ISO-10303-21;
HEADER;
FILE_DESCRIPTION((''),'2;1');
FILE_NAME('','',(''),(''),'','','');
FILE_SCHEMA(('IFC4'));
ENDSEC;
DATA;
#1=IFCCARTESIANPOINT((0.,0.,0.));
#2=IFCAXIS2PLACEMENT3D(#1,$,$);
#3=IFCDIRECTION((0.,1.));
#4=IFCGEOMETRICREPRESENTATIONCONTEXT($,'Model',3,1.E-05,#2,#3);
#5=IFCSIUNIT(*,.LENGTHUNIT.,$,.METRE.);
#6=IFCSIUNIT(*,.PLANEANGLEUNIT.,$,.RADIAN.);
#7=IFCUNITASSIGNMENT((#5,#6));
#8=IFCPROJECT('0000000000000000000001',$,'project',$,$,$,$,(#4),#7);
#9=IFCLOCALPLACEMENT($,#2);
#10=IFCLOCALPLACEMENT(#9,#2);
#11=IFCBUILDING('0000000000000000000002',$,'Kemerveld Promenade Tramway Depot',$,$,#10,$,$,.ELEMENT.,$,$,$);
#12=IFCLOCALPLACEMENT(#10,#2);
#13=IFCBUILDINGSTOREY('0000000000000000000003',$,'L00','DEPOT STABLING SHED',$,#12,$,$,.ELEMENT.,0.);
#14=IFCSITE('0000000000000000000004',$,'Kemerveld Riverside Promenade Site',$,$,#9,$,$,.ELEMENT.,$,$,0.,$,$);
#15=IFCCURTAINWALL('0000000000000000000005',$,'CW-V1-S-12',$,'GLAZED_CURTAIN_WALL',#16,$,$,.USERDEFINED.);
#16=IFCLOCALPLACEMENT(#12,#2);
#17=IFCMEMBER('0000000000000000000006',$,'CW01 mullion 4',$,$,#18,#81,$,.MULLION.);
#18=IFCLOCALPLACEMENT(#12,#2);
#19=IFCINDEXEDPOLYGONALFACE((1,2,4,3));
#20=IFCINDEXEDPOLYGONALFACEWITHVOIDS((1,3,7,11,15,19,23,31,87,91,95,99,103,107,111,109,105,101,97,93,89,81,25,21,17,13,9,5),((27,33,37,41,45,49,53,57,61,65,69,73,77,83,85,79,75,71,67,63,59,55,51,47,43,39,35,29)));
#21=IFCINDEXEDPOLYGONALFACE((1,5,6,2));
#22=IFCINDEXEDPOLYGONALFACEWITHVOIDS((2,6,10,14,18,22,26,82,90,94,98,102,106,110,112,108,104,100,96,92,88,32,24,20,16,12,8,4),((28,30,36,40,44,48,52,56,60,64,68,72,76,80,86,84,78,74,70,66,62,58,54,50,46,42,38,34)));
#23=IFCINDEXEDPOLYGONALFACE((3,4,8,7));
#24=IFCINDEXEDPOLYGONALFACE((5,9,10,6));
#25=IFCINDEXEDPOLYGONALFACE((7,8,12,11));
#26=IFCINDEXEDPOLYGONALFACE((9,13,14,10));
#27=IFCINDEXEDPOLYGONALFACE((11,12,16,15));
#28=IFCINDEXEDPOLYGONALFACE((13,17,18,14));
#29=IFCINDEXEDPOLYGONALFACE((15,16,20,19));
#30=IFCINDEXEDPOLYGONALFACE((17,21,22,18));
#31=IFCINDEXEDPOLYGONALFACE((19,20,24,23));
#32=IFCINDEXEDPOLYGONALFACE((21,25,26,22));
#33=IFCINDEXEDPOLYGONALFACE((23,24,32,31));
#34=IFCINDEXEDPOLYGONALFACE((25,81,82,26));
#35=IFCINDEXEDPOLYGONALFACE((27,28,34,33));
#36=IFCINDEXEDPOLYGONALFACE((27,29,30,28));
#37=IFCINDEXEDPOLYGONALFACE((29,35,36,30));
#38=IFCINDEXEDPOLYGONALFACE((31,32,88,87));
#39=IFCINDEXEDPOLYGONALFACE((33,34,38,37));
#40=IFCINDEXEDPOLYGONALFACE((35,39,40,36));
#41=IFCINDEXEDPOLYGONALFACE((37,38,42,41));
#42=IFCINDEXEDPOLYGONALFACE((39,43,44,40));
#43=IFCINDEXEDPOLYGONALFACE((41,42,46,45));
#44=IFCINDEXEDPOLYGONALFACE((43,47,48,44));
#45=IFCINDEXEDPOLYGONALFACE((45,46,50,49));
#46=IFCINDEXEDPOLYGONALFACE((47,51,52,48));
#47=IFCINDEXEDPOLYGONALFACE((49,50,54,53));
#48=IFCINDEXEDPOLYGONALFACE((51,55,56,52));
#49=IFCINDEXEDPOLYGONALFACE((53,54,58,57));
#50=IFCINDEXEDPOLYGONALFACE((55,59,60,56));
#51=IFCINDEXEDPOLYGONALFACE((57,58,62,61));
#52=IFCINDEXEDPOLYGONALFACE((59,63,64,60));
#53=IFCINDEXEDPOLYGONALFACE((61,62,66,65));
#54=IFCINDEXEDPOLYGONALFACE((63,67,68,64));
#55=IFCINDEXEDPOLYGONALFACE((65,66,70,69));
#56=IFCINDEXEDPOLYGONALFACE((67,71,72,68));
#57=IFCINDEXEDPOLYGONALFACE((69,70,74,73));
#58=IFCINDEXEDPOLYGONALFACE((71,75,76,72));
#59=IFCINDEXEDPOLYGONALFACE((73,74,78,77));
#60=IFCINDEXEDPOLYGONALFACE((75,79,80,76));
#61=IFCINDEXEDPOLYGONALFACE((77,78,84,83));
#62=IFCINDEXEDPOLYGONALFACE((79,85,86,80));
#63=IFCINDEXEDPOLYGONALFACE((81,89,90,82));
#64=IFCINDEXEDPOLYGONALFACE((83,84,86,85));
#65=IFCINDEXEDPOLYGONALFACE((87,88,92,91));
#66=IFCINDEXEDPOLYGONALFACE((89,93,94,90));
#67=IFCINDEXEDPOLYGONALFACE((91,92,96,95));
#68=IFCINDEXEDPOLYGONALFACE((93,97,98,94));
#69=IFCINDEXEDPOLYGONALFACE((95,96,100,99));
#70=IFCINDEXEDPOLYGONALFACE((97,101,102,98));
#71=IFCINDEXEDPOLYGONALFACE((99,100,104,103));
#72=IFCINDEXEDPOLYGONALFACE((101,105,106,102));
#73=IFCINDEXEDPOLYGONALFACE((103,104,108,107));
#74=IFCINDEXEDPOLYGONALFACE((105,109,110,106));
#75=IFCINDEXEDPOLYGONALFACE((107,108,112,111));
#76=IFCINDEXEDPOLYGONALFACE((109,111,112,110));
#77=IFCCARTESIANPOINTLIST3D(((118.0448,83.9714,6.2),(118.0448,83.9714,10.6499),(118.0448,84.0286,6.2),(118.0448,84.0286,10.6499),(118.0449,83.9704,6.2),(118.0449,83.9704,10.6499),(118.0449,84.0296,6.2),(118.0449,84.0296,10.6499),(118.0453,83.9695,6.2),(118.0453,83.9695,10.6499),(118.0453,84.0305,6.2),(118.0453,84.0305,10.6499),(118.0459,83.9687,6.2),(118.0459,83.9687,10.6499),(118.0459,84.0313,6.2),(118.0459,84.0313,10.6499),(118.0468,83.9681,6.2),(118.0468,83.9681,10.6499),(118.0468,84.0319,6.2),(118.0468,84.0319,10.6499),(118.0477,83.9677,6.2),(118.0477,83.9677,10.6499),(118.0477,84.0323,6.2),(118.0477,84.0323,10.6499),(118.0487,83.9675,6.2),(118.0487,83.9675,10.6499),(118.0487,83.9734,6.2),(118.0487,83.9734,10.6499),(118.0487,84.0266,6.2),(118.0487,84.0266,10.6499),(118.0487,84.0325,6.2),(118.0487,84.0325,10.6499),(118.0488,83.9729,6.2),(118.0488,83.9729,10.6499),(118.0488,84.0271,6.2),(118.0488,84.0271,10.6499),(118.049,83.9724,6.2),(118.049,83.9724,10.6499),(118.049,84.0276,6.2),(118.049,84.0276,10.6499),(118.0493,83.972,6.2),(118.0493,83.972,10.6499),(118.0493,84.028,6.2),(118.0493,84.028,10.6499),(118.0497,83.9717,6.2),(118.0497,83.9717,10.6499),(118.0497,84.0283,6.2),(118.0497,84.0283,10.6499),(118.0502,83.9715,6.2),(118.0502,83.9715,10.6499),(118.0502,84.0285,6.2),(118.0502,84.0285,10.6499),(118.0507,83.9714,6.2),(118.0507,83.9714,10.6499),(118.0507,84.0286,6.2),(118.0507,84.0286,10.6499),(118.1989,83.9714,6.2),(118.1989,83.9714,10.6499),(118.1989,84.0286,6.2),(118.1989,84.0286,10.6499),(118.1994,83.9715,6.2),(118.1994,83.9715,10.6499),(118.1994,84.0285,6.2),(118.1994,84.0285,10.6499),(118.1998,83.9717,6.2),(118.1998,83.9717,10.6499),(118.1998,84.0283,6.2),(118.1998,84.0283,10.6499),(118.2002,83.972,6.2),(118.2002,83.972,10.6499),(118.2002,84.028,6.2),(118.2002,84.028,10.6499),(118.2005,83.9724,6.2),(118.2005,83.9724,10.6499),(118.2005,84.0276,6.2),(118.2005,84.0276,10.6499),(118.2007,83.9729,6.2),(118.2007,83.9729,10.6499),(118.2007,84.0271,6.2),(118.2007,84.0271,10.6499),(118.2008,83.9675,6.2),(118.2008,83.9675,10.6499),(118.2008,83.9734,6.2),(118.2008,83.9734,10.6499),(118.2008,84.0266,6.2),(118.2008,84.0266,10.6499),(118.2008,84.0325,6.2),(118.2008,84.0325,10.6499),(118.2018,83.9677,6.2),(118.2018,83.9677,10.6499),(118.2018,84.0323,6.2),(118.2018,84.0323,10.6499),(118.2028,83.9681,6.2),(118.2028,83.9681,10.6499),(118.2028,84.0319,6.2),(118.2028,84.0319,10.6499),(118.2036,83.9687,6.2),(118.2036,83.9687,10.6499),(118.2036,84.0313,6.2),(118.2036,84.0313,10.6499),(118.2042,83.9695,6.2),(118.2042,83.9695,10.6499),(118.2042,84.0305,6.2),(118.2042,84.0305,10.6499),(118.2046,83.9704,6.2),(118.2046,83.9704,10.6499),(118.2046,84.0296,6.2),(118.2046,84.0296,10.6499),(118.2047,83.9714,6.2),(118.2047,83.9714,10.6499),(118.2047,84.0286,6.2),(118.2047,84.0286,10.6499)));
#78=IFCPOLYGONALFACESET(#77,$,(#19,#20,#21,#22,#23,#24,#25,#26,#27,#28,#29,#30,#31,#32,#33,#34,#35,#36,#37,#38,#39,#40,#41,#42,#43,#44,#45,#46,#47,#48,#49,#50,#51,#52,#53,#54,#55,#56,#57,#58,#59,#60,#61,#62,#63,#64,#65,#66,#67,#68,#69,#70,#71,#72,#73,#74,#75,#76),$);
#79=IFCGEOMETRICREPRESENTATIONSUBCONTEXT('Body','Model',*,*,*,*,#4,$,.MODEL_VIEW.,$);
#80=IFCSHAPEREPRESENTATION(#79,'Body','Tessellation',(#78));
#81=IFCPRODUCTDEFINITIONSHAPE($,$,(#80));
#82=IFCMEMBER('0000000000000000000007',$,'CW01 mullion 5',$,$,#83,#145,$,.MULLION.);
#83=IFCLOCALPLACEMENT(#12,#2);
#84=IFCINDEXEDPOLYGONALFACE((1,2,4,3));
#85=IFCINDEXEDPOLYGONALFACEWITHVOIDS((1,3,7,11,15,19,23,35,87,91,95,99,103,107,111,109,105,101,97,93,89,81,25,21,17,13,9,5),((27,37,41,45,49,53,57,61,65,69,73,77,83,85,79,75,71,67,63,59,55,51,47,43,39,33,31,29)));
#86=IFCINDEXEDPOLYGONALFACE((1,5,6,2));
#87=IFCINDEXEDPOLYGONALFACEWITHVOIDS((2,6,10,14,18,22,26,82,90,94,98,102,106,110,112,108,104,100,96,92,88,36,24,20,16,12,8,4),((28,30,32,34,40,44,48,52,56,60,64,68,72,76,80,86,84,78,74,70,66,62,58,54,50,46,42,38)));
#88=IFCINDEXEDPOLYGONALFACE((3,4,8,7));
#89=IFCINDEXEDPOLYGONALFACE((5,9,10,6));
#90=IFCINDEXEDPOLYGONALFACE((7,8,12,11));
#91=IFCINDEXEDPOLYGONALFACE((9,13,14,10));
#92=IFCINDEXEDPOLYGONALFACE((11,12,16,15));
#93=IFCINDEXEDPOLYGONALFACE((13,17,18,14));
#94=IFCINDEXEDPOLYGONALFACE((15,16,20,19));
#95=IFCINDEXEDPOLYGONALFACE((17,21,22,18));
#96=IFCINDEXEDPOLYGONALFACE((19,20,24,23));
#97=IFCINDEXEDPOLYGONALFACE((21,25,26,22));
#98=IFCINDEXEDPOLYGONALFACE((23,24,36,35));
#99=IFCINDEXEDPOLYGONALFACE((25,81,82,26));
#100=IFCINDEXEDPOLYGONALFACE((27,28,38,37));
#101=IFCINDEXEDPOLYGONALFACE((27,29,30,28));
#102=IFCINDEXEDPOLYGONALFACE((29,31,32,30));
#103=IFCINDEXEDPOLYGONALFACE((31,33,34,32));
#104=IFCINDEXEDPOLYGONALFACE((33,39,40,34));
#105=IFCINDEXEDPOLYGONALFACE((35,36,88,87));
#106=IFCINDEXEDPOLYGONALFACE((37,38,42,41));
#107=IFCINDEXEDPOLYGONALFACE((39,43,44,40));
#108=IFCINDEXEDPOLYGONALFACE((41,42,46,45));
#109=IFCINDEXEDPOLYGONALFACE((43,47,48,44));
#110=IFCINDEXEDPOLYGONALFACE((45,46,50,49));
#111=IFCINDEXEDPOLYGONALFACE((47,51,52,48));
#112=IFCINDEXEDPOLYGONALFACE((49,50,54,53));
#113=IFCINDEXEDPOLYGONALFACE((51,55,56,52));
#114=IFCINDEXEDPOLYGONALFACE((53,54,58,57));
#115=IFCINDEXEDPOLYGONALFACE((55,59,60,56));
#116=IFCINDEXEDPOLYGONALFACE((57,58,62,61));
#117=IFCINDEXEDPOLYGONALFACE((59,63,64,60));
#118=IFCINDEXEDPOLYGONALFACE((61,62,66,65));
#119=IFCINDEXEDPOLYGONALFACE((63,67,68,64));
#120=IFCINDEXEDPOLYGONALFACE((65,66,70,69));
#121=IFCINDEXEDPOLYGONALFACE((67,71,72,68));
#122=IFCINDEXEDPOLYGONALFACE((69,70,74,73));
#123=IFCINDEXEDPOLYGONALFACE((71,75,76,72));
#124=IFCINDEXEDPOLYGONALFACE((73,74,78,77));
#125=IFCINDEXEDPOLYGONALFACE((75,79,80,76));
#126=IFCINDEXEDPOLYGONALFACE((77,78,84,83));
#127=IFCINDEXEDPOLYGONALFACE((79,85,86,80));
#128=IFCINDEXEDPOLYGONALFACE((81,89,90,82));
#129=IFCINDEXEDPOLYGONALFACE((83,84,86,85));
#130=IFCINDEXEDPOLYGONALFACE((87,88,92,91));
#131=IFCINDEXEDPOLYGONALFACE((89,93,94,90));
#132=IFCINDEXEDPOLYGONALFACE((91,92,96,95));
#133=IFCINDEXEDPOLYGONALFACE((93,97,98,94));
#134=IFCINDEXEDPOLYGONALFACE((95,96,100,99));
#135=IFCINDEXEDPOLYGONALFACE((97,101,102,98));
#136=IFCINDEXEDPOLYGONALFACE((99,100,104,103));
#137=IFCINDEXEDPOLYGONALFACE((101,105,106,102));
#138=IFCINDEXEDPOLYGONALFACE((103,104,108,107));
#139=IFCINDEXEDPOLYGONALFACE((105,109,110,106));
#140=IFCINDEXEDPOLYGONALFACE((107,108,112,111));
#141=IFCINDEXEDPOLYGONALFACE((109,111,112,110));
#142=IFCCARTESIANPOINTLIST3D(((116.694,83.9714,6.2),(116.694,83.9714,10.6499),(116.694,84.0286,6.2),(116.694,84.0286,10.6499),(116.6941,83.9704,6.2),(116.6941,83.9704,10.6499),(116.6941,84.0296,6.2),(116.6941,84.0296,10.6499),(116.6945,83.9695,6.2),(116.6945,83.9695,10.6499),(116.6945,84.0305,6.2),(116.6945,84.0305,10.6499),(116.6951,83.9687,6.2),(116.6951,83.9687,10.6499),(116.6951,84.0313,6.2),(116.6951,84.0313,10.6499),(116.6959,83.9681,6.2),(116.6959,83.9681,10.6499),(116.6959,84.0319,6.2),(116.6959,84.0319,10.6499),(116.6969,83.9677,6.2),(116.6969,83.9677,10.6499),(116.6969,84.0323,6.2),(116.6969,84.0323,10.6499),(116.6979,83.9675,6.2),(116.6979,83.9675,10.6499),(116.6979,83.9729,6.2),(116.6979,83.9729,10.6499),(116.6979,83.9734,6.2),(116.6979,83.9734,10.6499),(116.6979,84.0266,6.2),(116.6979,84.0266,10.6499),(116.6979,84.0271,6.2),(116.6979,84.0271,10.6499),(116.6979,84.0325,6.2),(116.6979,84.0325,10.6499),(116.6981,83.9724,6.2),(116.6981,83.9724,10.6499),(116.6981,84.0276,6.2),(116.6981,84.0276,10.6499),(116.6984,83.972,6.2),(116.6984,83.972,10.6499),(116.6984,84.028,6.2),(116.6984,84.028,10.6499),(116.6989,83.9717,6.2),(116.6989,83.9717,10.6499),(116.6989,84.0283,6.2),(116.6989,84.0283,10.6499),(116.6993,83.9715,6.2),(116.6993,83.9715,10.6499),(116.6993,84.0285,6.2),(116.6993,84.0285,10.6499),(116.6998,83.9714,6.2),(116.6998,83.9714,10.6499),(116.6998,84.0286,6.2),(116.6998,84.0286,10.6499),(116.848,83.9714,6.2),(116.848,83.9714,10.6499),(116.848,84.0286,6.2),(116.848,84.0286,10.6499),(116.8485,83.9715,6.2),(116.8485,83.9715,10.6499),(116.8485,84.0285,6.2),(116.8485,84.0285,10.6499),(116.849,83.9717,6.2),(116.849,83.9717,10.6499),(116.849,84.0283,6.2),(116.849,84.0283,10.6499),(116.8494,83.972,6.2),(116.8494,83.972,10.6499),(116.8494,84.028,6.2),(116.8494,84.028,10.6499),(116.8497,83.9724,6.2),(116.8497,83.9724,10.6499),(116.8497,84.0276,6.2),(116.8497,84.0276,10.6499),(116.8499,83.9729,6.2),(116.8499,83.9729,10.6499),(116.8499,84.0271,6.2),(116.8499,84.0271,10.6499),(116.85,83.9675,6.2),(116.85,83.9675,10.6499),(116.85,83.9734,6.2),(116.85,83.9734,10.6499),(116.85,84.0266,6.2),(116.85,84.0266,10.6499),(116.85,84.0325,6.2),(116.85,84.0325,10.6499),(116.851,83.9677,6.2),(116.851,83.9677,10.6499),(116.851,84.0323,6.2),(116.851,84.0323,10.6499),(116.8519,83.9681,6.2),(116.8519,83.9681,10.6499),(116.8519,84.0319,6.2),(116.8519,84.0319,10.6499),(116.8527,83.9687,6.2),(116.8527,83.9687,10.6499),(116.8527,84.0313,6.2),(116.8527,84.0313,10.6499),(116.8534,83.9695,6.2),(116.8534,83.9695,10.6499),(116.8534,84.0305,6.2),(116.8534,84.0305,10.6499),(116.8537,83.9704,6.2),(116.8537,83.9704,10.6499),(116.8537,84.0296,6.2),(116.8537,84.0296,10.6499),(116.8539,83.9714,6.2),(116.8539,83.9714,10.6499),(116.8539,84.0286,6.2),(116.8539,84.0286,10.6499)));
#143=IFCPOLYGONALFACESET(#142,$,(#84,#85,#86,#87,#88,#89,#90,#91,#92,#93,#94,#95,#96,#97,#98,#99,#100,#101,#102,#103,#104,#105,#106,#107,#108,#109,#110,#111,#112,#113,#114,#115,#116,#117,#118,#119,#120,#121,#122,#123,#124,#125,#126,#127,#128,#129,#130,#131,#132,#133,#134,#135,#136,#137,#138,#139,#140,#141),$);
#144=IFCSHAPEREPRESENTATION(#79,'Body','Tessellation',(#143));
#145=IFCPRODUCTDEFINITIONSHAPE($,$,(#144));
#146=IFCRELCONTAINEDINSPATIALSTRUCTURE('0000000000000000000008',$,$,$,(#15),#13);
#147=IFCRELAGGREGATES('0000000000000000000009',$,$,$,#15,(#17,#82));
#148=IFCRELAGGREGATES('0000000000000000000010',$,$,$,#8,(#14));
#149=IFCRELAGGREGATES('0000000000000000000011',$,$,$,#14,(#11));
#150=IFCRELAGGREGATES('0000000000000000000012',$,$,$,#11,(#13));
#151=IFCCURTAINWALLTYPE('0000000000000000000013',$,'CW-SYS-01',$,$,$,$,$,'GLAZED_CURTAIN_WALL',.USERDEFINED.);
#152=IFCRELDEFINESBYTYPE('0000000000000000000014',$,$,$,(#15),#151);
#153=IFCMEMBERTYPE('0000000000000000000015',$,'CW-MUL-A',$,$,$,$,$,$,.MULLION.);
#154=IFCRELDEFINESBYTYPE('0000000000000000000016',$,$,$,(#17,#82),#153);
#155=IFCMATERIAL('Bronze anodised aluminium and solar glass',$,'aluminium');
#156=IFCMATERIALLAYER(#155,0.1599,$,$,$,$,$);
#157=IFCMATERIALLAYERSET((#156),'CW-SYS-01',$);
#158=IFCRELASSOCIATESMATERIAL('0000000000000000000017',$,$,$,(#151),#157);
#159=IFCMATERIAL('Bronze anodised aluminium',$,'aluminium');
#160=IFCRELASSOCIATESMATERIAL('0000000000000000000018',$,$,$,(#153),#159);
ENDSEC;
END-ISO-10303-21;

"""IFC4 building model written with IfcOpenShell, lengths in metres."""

from ifc_helpers import new_model, si_unit, direction, frame, origin, origin_2d, place, context, subcontext, project, spatial, hollow_rectangle, extrude, material, layer, layer_set, material_profile, profile_set, type_object, element, aggregate, save


model = new_model("IFC4")

# Units and contexts
model_context = context("Model", 3, precision=1e-05, world=origin(), true_north=direction((0.0, 1.0)))
body_context = subcontext(model_context, "Body", "Model", "MODEL_VIEW")
ifc_project = project(units=[si_unit("LENGTHUNIT", "METRE"), si_unit("PLANEANGLEUNIT", "RADIAN")], contexts=[model_context])

# Site, building, storey
site_placement = place(None, origin())
site = spatial("IfcSite", under=ifc_project, at=site_placement, Name="Kemerveld Riverside Promenade Site", CompositionType="ELEMENT", RefElevation=0.0)
building_placement = place(site_placement, origin())
building = spatial("IfcBuilding", under=site, at=building_placement, Name="Kemerveld Promenade Tramway Depot", CompositionType="ELEMENT")
storey_placement = place(building_placement, origin())
storey = spatial("IfcBuildingStorey", under=building, at=storey_placement, Name="L00", Description="DEPOT STABLING SHED", CompositionType="ELEMENT", Elevation=0.0)

# Curtain wall, members
ifc_material_1 = material(Name="Bronze anodised aluminium and solar glass", Category="aluminium")
ifc_layer_1 = layer(ifc_material_1, 0.1599)
ifc_layer_set_1 = layer_set([ifc_layer_1], Name="CW-SYS-01")
curtain_wall_type_1 = type_object("IfcCurtainWallType", Name="CW-SYS-01", ElementType="GLAZED_CURTAIN_WALL", PredefinedType="USERDEFINED", material=ifc_layer_set_1)
curtain_wall_1_placement = place(storey_placement, origin())
curtain_wall_1 = element("IfcCurtainWall", 1, at=curtain_wall_1_placement, inside=storey, type_object=curtain_wall_type_1, Name="CW-V1-S-12", ObjectType="GLAZED_CURTAIN_WALL", PredefinedType="USERDEFINED")
ifc_material_2 = material(Name="Bronze anodised aluminium", Category="aluminium")
ifc_material_profile_1 = material_profile(ifc_material_2, hollow_rectangle(XDim=0.0649, YDim=0.1599, WallThickness=0.0039, InnerFilletRadius=0.002, OuterFilletRadius=0.0039, at=origin_2d()), Name="CW-MUL-160x65")
ifc_profile_set_1 = profile_set([ifc_material_profile_1], Name="Bronze anodised aluminium")
member_type_1 = type_object("IfcMemberType", Name="CW-MUL-A", PredefinedType="MULLION", material=ifc_profile_set_1)
member_1_placement = place(storey_placement, frame((118.1248, 84.0, 6.2), z_axis=(0.0, 0.0, 1.0), x_axis=(0.0, -1.0, 0.0)))
member_1 = element("IfcMember", 2, at=member_1_placement, type_object=member_type_1, Name="CW01 mullion 4", PredefinedType="MULLION", context=body_context, shape_type="SweptSolid", body=[
    extrude(hollow_rectangle(XDim=0.0649, YDim=0.1599, WallThickness=0.0039, InnerFilletRadius=0.002, OuterFilletRadius=0.0039, at=origin_2d()), origin(), (0.0, 0.0, 1.0), 4.45),
])
member_2_placement = place(storey_placement, frame((116.7739, 84.0, 6.2), z_axis=(0.0, 0.0, 1.0), x_axis=(0.0, -1.0, 0.0)))
member_2 = element("IfcMember", 3, at=member_2_placement, type_object=member_type_1, Name="CW01 mullion 5", PredefinedType="MULLION", context=body_context, shape_type="SweptSolid", body=[
    extrude(hollow_rectangle(XDim=0.0649, YDim=0.1599, WallThickness=0.0039, InnerFilletRadius=0.002, OuterFilletRadius=0.0039, at=origin_2d()), origin(), (0.0, 0.0, 1.0), 4.45),
])

aggregate(curtain_wall_1, [member_1, member_2])

save(model, "model.ifc")
